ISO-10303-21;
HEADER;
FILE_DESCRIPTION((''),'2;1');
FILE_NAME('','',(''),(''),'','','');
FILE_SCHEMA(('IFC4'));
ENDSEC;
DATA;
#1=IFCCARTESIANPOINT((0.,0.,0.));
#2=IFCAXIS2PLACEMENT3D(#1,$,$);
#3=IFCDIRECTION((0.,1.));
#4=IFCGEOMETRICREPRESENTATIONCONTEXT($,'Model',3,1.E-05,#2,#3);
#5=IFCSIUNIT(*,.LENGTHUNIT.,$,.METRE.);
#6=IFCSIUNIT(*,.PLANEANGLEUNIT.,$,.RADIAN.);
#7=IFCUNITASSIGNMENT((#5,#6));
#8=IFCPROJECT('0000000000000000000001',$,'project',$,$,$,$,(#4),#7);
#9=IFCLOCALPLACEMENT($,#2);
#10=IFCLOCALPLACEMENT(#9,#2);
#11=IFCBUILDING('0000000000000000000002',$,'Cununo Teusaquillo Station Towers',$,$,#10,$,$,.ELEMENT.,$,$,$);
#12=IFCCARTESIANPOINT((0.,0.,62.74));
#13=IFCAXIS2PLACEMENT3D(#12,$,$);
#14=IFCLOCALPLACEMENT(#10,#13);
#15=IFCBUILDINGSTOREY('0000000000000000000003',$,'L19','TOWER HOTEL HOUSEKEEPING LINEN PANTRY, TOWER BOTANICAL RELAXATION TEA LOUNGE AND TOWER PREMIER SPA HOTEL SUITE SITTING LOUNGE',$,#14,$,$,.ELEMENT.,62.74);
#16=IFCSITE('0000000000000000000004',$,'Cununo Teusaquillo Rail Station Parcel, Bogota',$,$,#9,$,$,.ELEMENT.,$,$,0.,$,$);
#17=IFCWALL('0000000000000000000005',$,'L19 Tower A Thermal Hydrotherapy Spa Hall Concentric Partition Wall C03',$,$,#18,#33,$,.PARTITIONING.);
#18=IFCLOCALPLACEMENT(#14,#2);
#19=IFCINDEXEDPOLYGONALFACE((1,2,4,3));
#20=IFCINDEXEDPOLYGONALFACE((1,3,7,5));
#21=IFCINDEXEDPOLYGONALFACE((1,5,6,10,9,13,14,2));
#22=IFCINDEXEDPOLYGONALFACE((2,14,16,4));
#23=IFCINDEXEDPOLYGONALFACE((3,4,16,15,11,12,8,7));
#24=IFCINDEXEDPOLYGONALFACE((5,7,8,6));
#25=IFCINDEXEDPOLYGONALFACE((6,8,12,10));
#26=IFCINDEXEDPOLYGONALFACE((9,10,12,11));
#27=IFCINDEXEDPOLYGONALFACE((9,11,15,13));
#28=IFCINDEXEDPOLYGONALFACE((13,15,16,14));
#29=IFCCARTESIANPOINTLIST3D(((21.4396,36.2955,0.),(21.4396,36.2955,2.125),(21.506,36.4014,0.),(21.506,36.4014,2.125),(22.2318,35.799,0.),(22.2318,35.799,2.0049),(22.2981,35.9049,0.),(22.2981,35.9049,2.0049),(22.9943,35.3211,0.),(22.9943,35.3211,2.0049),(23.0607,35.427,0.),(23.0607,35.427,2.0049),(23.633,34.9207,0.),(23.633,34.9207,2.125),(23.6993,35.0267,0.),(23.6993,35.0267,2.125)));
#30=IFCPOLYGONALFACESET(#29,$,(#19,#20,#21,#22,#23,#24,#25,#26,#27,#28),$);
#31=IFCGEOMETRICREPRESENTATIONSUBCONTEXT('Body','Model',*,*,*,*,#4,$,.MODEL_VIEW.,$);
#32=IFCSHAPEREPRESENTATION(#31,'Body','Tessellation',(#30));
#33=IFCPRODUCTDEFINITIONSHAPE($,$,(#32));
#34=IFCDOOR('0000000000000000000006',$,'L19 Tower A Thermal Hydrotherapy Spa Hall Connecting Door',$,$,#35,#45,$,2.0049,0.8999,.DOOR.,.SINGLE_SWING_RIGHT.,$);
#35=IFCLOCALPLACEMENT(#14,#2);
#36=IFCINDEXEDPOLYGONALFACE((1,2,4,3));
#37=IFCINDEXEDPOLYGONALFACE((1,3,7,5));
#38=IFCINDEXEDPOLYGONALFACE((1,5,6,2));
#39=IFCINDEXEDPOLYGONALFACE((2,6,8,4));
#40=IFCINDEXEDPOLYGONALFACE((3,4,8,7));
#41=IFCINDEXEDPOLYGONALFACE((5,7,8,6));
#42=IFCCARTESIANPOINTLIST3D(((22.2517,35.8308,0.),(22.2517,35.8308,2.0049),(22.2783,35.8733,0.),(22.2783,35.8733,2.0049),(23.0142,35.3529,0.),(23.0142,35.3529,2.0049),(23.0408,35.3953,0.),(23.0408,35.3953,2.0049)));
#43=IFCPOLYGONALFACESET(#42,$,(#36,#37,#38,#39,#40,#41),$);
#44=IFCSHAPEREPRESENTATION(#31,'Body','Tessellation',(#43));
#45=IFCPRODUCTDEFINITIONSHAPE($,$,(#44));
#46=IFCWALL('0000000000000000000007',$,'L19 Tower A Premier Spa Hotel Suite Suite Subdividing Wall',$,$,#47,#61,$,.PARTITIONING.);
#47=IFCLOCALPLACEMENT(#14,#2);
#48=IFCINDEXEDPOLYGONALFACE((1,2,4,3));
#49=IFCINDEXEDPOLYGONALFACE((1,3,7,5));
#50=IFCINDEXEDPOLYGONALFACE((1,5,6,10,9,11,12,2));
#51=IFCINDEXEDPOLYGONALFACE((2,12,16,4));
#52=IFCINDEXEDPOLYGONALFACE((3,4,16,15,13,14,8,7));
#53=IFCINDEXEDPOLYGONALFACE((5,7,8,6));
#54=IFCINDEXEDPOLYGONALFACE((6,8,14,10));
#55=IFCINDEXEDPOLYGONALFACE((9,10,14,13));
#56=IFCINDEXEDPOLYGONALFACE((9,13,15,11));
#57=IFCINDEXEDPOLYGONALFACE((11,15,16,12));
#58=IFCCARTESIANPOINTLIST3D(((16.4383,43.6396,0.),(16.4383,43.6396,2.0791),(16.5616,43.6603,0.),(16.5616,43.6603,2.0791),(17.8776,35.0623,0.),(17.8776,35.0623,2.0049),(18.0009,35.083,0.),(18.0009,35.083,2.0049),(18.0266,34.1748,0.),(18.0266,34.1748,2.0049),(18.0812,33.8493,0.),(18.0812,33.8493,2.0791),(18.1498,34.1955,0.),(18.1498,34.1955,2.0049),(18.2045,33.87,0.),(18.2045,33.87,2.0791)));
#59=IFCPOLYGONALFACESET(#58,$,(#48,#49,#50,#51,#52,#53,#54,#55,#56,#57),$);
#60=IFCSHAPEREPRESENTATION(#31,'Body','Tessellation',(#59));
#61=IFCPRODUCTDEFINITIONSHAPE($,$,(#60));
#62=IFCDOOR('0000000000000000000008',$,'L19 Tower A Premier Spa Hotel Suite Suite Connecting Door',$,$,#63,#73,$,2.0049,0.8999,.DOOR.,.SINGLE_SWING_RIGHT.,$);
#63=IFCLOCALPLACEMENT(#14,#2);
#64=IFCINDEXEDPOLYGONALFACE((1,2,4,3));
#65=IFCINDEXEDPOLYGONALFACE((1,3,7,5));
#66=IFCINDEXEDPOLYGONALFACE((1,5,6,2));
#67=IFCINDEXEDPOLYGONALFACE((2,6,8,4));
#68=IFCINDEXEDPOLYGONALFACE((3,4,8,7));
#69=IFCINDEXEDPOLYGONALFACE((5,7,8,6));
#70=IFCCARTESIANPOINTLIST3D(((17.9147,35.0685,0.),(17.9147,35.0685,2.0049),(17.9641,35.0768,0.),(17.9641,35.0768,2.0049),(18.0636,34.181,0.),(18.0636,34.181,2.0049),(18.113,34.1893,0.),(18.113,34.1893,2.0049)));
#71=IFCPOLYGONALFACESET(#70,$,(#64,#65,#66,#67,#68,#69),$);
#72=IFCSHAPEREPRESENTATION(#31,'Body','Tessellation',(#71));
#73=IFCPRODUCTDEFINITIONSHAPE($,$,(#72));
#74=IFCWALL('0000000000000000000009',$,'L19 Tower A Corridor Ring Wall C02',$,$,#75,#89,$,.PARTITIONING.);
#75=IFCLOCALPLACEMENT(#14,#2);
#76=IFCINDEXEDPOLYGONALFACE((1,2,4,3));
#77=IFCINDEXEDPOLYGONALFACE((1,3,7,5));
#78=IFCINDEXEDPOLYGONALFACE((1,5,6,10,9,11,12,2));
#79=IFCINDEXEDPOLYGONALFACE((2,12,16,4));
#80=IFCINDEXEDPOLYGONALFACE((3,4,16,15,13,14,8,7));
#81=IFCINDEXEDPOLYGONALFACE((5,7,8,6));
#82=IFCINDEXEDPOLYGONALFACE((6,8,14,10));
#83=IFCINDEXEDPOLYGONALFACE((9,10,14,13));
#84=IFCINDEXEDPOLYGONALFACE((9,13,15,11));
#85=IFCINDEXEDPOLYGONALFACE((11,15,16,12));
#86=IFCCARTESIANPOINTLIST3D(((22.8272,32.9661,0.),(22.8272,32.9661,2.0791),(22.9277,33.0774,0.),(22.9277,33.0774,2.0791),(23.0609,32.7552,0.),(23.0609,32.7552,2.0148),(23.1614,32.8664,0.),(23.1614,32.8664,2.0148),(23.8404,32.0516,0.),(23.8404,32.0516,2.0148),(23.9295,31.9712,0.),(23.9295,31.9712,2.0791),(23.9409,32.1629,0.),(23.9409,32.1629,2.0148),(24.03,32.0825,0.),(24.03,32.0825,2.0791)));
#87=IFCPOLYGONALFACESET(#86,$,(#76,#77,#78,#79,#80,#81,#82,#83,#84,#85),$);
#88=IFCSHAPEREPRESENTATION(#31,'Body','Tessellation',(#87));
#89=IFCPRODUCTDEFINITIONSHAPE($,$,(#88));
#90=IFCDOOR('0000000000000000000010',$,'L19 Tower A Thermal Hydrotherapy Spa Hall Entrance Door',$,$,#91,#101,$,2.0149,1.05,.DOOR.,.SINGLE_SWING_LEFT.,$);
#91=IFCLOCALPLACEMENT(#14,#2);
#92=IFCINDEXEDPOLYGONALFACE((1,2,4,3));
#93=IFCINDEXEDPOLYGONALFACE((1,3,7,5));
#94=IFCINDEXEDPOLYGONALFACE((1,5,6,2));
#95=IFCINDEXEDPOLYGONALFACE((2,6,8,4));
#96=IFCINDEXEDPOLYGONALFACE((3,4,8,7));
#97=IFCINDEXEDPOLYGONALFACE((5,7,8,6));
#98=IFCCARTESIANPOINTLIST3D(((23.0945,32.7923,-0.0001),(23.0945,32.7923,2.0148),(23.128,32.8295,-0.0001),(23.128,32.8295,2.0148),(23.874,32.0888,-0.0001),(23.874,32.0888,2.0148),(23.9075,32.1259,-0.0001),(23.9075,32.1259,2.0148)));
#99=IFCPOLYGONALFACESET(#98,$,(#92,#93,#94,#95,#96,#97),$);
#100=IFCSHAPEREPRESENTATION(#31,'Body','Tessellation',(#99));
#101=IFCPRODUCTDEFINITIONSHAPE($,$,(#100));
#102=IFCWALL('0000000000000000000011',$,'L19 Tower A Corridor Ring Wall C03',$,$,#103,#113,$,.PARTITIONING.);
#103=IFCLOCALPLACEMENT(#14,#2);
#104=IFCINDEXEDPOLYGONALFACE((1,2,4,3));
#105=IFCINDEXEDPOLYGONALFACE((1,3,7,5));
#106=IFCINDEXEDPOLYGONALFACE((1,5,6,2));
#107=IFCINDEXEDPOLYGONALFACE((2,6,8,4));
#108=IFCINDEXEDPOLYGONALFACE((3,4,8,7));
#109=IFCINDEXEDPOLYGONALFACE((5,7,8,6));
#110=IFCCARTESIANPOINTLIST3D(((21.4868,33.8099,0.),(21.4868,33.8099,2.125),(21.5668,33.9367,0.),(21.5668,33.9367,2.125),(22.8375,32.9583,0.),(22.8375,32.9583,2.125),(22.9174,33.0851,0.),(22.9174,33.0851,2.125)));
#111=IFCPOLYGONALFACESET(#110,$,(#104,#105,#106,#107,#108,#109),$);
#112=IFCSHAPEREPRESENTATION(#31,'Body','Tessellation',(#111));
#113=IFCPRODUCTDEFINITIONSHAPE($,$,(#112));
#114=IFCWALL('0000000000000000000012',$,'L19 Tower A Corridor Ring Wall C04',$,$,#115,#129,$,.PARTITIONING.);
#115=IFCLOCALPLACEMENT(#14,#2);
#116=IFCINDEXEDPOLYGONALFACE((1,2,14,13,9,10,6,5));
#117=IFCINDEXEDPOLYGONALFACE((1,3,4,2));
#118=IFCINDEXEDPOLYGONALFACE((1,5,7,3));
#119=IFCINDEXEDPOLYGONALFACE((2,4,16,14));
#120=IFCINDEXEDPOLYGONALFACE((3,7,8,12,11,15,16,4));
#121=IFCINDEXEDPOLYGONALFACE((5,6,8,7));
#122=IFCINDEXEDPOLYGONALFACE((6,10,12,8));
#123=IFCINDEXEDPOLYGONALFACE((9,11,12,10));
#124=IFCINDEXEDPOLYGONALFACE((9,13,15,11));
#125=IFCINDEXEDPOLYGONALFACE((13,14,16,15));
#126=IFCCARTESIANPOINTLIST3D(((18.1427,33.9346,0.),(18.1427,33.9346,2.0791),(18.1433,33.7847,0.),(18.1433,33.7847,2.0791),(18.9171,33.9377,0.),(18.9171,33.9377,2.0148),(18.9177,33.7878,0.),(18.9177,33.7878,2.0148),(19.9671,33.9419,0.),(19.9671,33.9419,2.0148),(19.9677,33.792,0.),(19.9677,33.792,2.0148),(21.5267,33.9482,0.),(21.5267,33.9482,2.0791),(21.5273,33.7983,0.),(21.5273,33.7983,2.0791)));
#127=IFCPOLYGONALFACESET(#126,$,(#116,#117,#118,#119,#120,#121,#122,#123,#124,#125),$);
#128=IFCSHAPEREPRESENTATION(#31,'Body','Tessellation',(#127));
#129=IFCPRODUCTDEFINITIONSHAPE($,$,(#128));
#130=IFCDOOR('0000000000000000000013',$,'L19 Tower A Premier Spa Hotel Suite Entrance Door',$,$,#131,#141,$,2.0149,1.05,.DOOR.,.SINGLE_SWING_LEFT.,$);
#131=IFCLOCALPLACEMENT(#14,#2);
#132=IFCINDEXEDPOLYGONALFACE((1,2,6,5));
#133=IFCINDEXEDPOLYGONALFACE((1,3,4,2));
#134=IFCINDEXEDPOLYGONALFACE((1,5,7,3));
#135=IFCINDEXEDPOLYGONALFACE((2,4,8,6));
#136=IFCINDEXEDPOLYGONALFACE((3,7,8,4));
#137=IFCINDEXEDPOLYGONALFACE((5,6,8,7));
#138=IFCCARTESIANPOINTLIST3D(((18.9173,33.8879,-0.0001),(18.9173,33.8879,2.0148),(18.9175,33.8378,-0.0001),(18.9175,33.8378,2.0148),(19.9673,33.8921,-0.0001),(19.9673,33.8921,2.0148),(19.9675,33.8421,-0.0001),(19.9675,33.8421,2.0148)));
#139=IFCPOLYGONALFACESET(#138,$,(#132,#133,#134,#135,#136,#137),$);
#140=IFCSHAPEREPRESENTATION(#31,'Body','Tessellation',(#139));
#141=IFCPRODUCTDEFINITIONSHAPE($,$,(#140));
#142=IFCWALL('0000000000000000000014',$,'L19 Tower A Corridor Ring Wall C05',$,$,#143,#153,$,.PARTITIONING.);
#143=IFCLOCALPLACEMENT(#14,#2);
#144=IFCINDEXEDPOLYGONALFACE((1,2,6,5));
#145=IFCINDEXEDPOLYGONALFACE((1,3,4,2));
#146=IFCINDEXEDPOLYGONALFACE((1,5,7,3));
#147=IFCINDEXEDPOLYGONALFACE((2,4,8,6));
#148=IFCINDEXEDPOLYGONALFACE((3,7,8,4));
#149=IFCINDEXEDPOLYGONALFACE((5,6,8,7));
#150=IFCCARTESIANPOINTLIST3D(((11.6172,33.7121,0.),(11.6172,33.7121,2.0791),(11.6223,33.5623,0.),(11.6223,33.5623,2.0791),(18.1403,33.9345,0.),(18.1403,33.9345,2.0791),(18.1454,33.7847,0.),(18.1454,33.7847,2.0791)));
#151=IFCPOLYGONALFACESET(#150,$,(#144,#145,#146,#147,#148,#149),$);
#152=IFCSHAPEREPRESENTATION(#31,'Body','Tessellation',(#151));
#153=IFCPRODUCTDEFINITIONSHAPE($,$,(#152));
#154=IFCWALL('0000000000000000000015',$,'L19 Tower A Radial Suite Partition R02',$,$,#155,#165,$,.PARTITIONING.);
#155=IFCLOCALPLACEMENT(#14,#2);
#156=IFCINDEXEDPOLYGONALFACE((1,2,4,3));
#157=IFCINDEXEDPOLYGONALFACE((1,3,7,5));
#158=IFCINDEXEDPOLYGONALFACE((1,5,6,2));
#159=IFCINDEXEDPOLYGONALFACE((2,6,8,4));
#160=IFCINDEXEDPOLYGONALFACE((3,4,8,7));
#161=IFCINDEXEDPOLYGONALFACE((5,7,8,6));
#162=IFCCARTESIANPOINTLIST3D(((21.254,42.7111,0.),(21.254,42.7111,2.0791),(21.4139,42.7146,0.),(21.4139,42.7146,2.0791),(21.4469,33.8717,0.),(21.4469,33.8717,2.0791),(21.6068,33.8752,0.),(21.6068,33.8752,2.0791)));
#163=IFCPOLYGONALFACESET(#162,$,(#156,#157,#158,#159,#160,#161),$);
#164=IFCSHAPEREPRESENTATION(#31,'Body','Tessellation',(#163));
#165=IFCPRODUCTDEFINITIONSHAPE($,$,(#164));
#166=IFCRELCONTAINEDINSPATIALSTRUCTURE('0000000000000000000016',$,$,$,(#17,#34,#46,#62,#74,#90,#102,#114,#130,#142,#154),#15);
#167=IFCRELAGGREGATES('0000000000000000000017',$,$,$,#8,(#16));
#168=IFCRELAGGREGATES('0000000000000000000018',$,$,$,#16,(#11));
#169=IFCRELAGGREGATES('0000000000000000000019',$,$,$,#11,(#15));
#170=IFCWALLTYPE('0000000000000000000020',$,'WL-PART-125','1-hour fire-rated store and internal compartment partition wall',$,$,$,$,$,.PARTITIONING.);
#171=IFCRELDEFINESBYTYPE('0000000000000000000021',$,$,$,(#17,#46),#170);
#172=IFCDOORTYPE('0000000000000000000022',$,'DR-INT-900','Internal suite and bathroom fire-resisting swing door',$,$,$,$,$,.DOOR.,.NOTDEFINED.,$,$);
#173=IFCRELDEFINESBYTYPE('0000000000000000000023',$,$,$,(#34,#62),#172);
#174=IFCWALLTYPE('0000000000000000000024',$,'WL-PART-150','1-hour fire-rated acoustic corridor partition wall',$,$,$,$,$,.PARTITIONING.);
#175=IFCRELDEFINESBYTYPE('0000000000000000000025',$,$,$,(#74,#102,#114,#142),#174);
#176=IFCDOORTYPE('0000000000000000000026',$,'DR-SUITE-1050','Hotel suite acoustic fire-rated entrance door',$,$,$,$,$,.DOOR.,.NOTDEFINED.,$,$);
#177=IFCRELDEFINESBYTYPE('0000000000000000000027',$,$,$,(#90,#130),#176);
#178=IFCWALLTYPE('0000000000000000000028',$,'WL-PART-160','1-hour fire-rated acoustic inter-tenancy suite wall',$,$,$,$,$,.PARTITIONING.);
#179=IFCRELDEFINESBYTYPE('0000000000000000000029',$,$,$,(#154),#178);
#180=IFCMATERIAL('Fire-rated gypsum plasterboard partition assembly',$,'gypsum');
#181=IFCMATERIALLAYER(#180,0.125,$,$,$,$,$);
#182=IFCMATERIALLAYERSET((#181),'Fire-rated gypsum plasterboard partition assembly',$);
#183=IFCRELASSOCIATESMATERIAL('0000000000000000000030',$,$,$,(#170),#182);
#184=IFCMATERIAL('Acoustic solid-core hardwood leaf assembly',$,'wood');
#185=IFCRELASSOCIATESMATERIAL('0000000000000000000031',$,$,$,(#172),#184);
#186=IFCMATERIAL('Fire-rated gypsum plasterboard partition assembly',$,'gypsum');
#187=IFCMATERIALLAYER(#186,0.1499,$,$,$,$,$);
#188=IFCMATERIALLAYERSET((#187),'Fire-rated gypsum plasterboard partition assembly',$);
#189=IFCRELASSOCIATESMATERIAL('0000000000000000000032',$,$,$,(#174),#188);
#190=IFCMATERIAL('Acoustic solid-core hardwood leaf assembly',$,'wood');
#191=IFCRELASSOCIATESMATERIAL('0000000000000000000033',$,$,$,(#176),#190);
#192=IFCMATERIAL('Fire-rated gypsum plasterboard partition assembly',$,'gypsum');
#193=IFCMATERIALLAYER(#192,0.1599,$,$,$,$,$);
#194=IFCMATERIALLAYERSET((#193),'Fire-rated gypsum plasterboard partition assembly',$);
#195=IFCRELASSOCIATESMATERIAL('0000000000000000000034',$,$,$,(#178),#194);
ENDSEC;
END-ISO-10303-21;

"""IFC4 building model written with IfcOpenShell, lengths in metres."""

from ifc_helpers import new_model, si_unit, direction, frame, frame_2d, origin, place, context, subcontext, project, spatial, rectangle, extrude, source, transform, mapped, material, layer, layer_set, type_object, element, fill, save


model = new_model("IFC4")

# Units and contexts
model_context = context("Model", 3, precision=1e-05, world=origin(), true_north=direction((0.0, 1.0)))
body_context = subcontext(model_context, "Body", "Model", "MODEL_VIEW")
ifc_project = project(units=[si_unit("LENGTHUNIT", "METRE"), si_unit("PLANEANGLEUNIT", "RADIAN")], contexts=[model_context])

# Site, building, storey
site_placement = place(None, origin())
site = spatial("IfcSite", under=ifc_project, at=site_placement, Name="Cununo Teusaquillo Rail Station Parcel, Bogota", CompositionType="ELEMENT", RefElevation=0.0)
building_placement = place(site_placement, origin())
building = spatial("IfcBuilding", under=site, at=building_placement, Name="Cununo Teusaquillo Station Towers", CompositionType="ELEMENT")
storey_placement = place(building_placement, frame((0.0, 0.0, 62.74)))
storey = spatial("IfcBuildingStorey", under=building, at=storey_placement, Name="L19", Description="TOWER HOTEL HOUSEKEEPING LINEN PANTRY, TOWER BOTANICAL RELAXATION TEA LOUNGE AND TOWER PREMIER SPA HOTEL SUITE SITTING LOUNGE", CompositionType="ELEMENT", Elevation=62.74)

# Shared definitions
ifc_material_1 = material(Name="Fire-rated gypsum plasterboard partition assembly", Category="gypsum")
ifc_layer_1 = layer(ifc_material_1, 0.125)
ifc_layer_set_1 = layer_set([ifc_layer_1], Name="Fire-rated gypsum plasterboard partition assembly")
wall_type_1 = type_object("IfcWallType", Name="WL-PART-125", Description="1-hour fire-rated store and internal compartment partition wall", PredefinedType="PARTITIONING", material=ifc_layer_set_1)

# Walls, openings, doors
wall_1_placement = place(storey_placement, frame((23.6663, 34.9736, 0.0), z_axis=(0.0, 0.0, 1.0), x_axis=(-0.847319, 0.531084, 0.0)))
wall_1 = element("IfcWall", 1, at=wall_1_placement, inside=storey, type_object=wall_type_1, Name="L19 Tower A Thermal Hydrotherapy Spa Hall Concentric Partition Wall C03", PredefinedType="PARTITIONING", context=body_context, shape_type="SweptSolid", body=[
    extrude(rectangle(XDim=2.5886, YDim=0.125, at=frame_2d((1.2944, 0.0))), origin(), (0.0, 0.0, 1.0), 2.125),
])
shared_shape_1 = source(origin(), body_context, "Body", "SweptSolid", [
    extrude(rectangle(XDim=0.8999, YDim=2.0049, at=frame_2d((0.45, 1.0024))), frame((0.0, 0.0725, 0.0), z_axis=(0.0, -1.0, 0.0), x_axis=(1.0, 0.0, 0.0)), (0.0, 0.0, 1.0), 0.145),
])
opening_1_placement = place(wall_1_placement, frame((0.7539, 0.0, 0.0)))
opening_1 = element("IfcOpeningElement", 2, at=opening_1_placement, cuts=wall_1, PredefinedType="OPENING", context=body_context, shape_type="MappedRepresentation", body=[
    mapped(shared_shape_1, transform((0.0, 0.0, 0.0), x_axis=(1.0, 0.0, 0.0), y_axis=(0.0, 1.0, 0.0), z_axis=(0.0, 0.0, 1.0), scale=1.0)),
])
ifc_material_2 = material(Name="Acoustic solid-core hardwood leaf assembly", Category="wood")
door_type_1 = type_object("IfcDoorType", Name="DR-INT-900", Description="Internal suite and bathroom fire-resisting swing door", OperationType="NOTDEFINED", PredefinedType="DOOR", material=ifc_material_2)
shared_shape_2 = source(origin(), body_context, "Body", "SweptSolid", [
    extrude(rectangle(XDim=0.8999, YDim=2.0049, at=frame_2d((0.45, 1.0024))), frame((0.0, 0.0249, 0.0), z_axis=(0.0, -1.0, 0.0), x_axis=(1.0, 0.0, 0.0)), (0.0, 0.0, 1.0), 0.05),
])
door_1_placement = place(opening_1_placement, origin())
door_1 = element("IfcDoor", 3, at=door_1_placement, inside=storey, type_object=door_type_1, Name="L19 Tower A Thermal Hydrotherapy Spa Hall Connecting Door", OperationType="SINGLE_SWING_RIGHT", OverallHeight=2.0049, OverallWidth=0.8999, PredefinedType="DOOR", context=body_context, shape_type="MappedRepresentation", body=[
    mapped(shared_shape_2, transform((0.0, 0.0, 0.0), x_axis=(1.0, 0.0, 0.0), y_axis=(0.0, 1.0, 0.0), z_axis=(0.0, 0.0, 1.0), scale=1.0)),
])
fill(opening_1, door_1)
wall_2_placement = place(storey_placement, frame((18.1428, 33.8596, 0.0), z_axis=(0.0, 0.0, 1.0), x_axis=(-0.165488, 0.986212, 0.0)))
wall_2 = element("IfcWall", 4, at=wall_2_placement, inside=storey, type_object=wall_type_1, Name="L19 Tower A Premier Spa Hotel Suite Suite Subdividing Wall", PredefinedType="PARTITIONING", context=body_context, shape_type="SweptSolid", body=[
    extrude(rectangle(XDim=9.9272, YDim=0.125, at=frame_2d((4.9636, 0.0))), origin(), (0.0, 0.0, 1.0), 2.0791),
])
opening_2_placement = place(wall_2_placement, frame((0.3301, 0.0, 0.0)))
opening_2 = element("IfcOpeningElement", 5, at=opening_2_placement, cuts=wall_2, PredefinedType="OPENING", context=body_context, shape_type="MappedRepresentation", body=[
    mapped(shared_shape_1, transform((0.0, 0.0, 0.0), x_axis=(1.0, 0.0, 0.0), y_axis=(0.0, 1.0, 0.0), z_axis=(0.0, 0.0, 1.0), scale=1.0)),
])
door_2_placement = place(opening_2_placement, origin())
door_2 = element("IfcDoor", 6, at=door_2_placement, inside=storey, type_object=door_type_1, Name="L19 Tower A Premier Spa Hotel Suite Suite Connecting Door", OperationType="SINGLE_SWING_RIGHT", OverallHeight=2.0049, OverallWidth=0.8999, PredefinedType="DOOR", context=body_context, shape_type="MappedRepresentation", body=[
    mapped(shared_shape_2, transform((0.0, 0.0, 0.0), x_axis=(1.0, 0.0, 0.0), y_axis=(0.0, 1.0, 0.0), z_axis=(0.0, 0.0, 1.0), scale=1.0)),
])
fill(opening_2, door_2)
ifc_material_3 = material(Name="Fire-rated gypsum plasterboard partition assembly", Category="gypsum")
ifc_layer_2 = layer(ifc_material_3, 0.1499)
ifc_layer_set_2 = layer_set([ifc_layer_2], Name="Fire-rated gypsum plasterboard partition assembly")
wall_type_2 = type_object("IfcWallType", Name="WL-PART-150", Description="1-hour fire-rated acoustic corridor partition wall", PredefinedType="PARTITIONING", material=ifc_layer_set_2)
wall_3_placement = place(storey_placement, frame((23.9797, 32.0269, 0.0), z_axis=(0.0, 0.0, 1.0), x_axis=(-0.742353, 0.670009, 0.0)))
wall_3 = element("IfcWall", 7, at=wall_3_placement, inside=storey, type_object=wall_type_2, Name="L19 Tower A Corridor Ring Wall C02", PredefinedType="PARTITIONING", context=body_context, shape_type="SweptSolid", body=[
    extrude(rectangle(XDim=1.4849, YDim=0.1499, at=frame_2d((0.7424, 0.0))), origin(), (0.0, 0.0, 1.0), 2.0791),
])
shared_shape_3 = source(origin(), body_context, "Body", "SweptSolid", [
    extrude(rectangle(XDim=1.05, YDim=2.0149, at=frame_2d((0.5249, 1.0073))), frame((0.0, 0.085, 0.0), z_axis=(0.0, -1.0, 0.0), x_axis=(1.0, 0.0, 0.0)), (0.0, 0.0, 1.0), 0.1699),
])
opening_3_placement = place(wall_3_placement, frame((0.1201, 0.0, 0.0)))
opening_3 = element("IfcOpeningElement", 8, at=opening_3_placement, cuts=wall_3, PredefinedType="OPENING", context=body_context, shape_type="MappedRepresentation", body=[
    mapped(shared_shape_3, transform((0.0, 0.0, 0.0), x_axis=(1.0, 0.0, 0.0), y_axis=(0.0, 1.0, 0.0), z_axis=(0.0, 0.0, 1.0), scale=1.0)),
])
ifc_material_4 = material(Name="Acoustic solid-core hardwood leaf assembly", Category="wood")
door_type_2 = type_object("IfcDoorType", Name="DR-SUITE-1050", Description="Hotel suite acoustic fire-rated entrance door", OperationType="NOTDEFINED", PredefinedType="DOOR", material=ifc_material_4)
shared_shape_4 = source(origin(), body_context, "Body", "SweptSolid", [
    extrude(rectangle(XDim=1.05, YDim=2.0149, at=frame_2d((0.5249, 1.0073))), frame((0.0, 0.0249, 0.0), z_axis=(0.0, -1.0, 0.0), x_axis=(1.0, 0.0, 0.0)), (0.0, 0.0, 1.0), 0.05),
])
door_3_placement = place(opening_3_placement, origin())
door_3 = element("IfcDoor", 9, at=door_3_placement, inside=storey, type_object=door_type_2, Name="L19 Tower A Thermal Hydrotherapy Spa Hall Entrance Door", OperationType="SINGLE_SWING_LEFT", OverallHeight=2.0149, OverallWidth=1.05, PredefinedType="DOOR", context=body_context, shape_type="MappedRepresentation", body=[
    mapped(shared_shape_4, transform((0.0, 0.0, 0.0), x_axis=(1.0, 0.0, 0.0), y_axis=(0.0, 1.0, 0.0), z_axis=(0.0, 0.0, 1.0), scale=1.0)),
])
fill(opening_3, door_3)

# Wall
wall_4_placement = place(storey_placement, frame((22.8774, 33.0217, 0.0), z_axis=(0.0, 0.0, 1.0), x_axis=(-0.845896, 0.533348, 0.0)))
element("IfcWall", 10, at=wall_4_placement, inside=storey, type_object=wall_type_2, Name="L19 Tower A Corridor Ring Wall C03", PredefinedType="PARTITIONING", context=body_context, shape_type="SweptSolid", body=[
    extrude(rectangle(XDim=1.5967, YDim=0.1499, at=frame_2d((0.7983, 0.0))), origin(), (0.0, 0.0, 1.0), 2.125),
])

# Wall, opening, door
wall_5_placement = place(storey_placement, frame((21.5269, 33.8733, 0.0), z_axis=(0.0, 0.0, 1.0), x_axis=(-0.999992, -0.00404, 0.0)))
wall_5 = element("IfcWall", 11, at=wall_5_placement, inside=storey, type_object=wall_type_2, Name="L19 Tower A Corridor Ring Wall C04", PredefinedType="PARTITIONING", context=body_context, shape_type="SweptSolid", body=[
    extrude(rectangle(XDim=3.384, YDim=0.1499, at=frame_2d((1.6919, 0.0))), origin(), (0.0, 0.0, 1.0), 2.0791),
])
opening_4_placement = place(wall_5_placement, frame((1.5596, 0.0, 0.0)))
opening_4 = element("IfcOpeningElement", 12, at=opening_4_placement, cuts=wall_5, PredefinedType="OPENING", context=body_context, shape_type="MappedRepresentation", body=[
    mapped(shared_shape_3, transform((0.0, 0.0, 0.0), x_axis=(1.0, 0.0, 0.0), y_axis=(0.0, 1.0, 0.0), z_axis=(0.0, 0.0, 1.0), scale=1.0)),
])
door_4_placement = place(opening_4_placement, origin())
door_4 = element("IfcDoor", 13, at=door_4_placement, inside=storey, type_object=door_type_2, Name="L19 Tower A Premier Spa Hotel Suite Entrance Door", OperationType="SINGLE_SWING_LEFT", OverallHeight=2.0149, OverallWidth=1.05, PredefinedType="DOOR", context=body_context, shape_type="MappedRepresentation", body=[
    mapped(shared_shape_4, transform((0.0, 0.0, 0.0), x_axis=(1.0, 0.0, 0.0), y_axis=(0.0, 1.0, 0.0), z_axis=(0.0, 0.0, 1.0), scale=1.0)),
])
fill(opening_4, door_4)

# Walls
wall_6_placement = place(storey_placement, frame((18.1428, 33.8596, 0.0), z_axis=(0.0, 0.0, 1.0), x_axis=(-0.999419, -0.034077, 0.0)))
element("IfcWall", 14, at=wall_6_placement, inside=storey, type_object=wall_type_2, Name="L19 Tower A Corridor Ring Wall C05", PredefinedType="PARTITIONING", context=body_context, shape_type="SweptSolid", body=[
    extrude(rectangle(XDim=6.5269, YDim=0.1499, at=frame_2d((3.2634, 0.0))), origin(), (0.0, 0.0, 1.0), 2.0791),
])
ifc_material_5 = material(Name="Fire-rated gypsum plasterboard partition assembly", Category="gypsum")
ifc_layer_3 = layer(ifc_material_5, 0.1599)
ifc_layer_set_3 = layer_set([ifc_layer_3], Name="Fire-rated gypsum plasterboard partition assembly")
wall_type_3 = type_object("IfcWallType", Name="WL-PART-160", Description="1-hour fire-rated acoustic inter-tenancy suite wall", PredefinedType="PARTITIONING", material=ifc_layer_set_3)
wall_7_placement = place(storey_placement, frame((21.5269, 33.8733, 0.0), z_axis=(0.0, 0.0, 1.0), x_axis=(-0.021814, 0.999762, 0.0)))
element("IfcWall", 15, at=wall_7_placement, inside=storey, type_object=wall_type_3, Name="L19 Tower A Radial Suite Partition R02", PredefinedType="PARTITIONING", context=body_context, shape_type="SweptSolid", body=[
    extrude(rectangle(XDim=8.8416, YDim=0.1599, at=frame_2d((4.4209, 0.0))), origin(), (0.0, 0.0, 1.0), 2.0791),
])

save(model, "model.ifc")
